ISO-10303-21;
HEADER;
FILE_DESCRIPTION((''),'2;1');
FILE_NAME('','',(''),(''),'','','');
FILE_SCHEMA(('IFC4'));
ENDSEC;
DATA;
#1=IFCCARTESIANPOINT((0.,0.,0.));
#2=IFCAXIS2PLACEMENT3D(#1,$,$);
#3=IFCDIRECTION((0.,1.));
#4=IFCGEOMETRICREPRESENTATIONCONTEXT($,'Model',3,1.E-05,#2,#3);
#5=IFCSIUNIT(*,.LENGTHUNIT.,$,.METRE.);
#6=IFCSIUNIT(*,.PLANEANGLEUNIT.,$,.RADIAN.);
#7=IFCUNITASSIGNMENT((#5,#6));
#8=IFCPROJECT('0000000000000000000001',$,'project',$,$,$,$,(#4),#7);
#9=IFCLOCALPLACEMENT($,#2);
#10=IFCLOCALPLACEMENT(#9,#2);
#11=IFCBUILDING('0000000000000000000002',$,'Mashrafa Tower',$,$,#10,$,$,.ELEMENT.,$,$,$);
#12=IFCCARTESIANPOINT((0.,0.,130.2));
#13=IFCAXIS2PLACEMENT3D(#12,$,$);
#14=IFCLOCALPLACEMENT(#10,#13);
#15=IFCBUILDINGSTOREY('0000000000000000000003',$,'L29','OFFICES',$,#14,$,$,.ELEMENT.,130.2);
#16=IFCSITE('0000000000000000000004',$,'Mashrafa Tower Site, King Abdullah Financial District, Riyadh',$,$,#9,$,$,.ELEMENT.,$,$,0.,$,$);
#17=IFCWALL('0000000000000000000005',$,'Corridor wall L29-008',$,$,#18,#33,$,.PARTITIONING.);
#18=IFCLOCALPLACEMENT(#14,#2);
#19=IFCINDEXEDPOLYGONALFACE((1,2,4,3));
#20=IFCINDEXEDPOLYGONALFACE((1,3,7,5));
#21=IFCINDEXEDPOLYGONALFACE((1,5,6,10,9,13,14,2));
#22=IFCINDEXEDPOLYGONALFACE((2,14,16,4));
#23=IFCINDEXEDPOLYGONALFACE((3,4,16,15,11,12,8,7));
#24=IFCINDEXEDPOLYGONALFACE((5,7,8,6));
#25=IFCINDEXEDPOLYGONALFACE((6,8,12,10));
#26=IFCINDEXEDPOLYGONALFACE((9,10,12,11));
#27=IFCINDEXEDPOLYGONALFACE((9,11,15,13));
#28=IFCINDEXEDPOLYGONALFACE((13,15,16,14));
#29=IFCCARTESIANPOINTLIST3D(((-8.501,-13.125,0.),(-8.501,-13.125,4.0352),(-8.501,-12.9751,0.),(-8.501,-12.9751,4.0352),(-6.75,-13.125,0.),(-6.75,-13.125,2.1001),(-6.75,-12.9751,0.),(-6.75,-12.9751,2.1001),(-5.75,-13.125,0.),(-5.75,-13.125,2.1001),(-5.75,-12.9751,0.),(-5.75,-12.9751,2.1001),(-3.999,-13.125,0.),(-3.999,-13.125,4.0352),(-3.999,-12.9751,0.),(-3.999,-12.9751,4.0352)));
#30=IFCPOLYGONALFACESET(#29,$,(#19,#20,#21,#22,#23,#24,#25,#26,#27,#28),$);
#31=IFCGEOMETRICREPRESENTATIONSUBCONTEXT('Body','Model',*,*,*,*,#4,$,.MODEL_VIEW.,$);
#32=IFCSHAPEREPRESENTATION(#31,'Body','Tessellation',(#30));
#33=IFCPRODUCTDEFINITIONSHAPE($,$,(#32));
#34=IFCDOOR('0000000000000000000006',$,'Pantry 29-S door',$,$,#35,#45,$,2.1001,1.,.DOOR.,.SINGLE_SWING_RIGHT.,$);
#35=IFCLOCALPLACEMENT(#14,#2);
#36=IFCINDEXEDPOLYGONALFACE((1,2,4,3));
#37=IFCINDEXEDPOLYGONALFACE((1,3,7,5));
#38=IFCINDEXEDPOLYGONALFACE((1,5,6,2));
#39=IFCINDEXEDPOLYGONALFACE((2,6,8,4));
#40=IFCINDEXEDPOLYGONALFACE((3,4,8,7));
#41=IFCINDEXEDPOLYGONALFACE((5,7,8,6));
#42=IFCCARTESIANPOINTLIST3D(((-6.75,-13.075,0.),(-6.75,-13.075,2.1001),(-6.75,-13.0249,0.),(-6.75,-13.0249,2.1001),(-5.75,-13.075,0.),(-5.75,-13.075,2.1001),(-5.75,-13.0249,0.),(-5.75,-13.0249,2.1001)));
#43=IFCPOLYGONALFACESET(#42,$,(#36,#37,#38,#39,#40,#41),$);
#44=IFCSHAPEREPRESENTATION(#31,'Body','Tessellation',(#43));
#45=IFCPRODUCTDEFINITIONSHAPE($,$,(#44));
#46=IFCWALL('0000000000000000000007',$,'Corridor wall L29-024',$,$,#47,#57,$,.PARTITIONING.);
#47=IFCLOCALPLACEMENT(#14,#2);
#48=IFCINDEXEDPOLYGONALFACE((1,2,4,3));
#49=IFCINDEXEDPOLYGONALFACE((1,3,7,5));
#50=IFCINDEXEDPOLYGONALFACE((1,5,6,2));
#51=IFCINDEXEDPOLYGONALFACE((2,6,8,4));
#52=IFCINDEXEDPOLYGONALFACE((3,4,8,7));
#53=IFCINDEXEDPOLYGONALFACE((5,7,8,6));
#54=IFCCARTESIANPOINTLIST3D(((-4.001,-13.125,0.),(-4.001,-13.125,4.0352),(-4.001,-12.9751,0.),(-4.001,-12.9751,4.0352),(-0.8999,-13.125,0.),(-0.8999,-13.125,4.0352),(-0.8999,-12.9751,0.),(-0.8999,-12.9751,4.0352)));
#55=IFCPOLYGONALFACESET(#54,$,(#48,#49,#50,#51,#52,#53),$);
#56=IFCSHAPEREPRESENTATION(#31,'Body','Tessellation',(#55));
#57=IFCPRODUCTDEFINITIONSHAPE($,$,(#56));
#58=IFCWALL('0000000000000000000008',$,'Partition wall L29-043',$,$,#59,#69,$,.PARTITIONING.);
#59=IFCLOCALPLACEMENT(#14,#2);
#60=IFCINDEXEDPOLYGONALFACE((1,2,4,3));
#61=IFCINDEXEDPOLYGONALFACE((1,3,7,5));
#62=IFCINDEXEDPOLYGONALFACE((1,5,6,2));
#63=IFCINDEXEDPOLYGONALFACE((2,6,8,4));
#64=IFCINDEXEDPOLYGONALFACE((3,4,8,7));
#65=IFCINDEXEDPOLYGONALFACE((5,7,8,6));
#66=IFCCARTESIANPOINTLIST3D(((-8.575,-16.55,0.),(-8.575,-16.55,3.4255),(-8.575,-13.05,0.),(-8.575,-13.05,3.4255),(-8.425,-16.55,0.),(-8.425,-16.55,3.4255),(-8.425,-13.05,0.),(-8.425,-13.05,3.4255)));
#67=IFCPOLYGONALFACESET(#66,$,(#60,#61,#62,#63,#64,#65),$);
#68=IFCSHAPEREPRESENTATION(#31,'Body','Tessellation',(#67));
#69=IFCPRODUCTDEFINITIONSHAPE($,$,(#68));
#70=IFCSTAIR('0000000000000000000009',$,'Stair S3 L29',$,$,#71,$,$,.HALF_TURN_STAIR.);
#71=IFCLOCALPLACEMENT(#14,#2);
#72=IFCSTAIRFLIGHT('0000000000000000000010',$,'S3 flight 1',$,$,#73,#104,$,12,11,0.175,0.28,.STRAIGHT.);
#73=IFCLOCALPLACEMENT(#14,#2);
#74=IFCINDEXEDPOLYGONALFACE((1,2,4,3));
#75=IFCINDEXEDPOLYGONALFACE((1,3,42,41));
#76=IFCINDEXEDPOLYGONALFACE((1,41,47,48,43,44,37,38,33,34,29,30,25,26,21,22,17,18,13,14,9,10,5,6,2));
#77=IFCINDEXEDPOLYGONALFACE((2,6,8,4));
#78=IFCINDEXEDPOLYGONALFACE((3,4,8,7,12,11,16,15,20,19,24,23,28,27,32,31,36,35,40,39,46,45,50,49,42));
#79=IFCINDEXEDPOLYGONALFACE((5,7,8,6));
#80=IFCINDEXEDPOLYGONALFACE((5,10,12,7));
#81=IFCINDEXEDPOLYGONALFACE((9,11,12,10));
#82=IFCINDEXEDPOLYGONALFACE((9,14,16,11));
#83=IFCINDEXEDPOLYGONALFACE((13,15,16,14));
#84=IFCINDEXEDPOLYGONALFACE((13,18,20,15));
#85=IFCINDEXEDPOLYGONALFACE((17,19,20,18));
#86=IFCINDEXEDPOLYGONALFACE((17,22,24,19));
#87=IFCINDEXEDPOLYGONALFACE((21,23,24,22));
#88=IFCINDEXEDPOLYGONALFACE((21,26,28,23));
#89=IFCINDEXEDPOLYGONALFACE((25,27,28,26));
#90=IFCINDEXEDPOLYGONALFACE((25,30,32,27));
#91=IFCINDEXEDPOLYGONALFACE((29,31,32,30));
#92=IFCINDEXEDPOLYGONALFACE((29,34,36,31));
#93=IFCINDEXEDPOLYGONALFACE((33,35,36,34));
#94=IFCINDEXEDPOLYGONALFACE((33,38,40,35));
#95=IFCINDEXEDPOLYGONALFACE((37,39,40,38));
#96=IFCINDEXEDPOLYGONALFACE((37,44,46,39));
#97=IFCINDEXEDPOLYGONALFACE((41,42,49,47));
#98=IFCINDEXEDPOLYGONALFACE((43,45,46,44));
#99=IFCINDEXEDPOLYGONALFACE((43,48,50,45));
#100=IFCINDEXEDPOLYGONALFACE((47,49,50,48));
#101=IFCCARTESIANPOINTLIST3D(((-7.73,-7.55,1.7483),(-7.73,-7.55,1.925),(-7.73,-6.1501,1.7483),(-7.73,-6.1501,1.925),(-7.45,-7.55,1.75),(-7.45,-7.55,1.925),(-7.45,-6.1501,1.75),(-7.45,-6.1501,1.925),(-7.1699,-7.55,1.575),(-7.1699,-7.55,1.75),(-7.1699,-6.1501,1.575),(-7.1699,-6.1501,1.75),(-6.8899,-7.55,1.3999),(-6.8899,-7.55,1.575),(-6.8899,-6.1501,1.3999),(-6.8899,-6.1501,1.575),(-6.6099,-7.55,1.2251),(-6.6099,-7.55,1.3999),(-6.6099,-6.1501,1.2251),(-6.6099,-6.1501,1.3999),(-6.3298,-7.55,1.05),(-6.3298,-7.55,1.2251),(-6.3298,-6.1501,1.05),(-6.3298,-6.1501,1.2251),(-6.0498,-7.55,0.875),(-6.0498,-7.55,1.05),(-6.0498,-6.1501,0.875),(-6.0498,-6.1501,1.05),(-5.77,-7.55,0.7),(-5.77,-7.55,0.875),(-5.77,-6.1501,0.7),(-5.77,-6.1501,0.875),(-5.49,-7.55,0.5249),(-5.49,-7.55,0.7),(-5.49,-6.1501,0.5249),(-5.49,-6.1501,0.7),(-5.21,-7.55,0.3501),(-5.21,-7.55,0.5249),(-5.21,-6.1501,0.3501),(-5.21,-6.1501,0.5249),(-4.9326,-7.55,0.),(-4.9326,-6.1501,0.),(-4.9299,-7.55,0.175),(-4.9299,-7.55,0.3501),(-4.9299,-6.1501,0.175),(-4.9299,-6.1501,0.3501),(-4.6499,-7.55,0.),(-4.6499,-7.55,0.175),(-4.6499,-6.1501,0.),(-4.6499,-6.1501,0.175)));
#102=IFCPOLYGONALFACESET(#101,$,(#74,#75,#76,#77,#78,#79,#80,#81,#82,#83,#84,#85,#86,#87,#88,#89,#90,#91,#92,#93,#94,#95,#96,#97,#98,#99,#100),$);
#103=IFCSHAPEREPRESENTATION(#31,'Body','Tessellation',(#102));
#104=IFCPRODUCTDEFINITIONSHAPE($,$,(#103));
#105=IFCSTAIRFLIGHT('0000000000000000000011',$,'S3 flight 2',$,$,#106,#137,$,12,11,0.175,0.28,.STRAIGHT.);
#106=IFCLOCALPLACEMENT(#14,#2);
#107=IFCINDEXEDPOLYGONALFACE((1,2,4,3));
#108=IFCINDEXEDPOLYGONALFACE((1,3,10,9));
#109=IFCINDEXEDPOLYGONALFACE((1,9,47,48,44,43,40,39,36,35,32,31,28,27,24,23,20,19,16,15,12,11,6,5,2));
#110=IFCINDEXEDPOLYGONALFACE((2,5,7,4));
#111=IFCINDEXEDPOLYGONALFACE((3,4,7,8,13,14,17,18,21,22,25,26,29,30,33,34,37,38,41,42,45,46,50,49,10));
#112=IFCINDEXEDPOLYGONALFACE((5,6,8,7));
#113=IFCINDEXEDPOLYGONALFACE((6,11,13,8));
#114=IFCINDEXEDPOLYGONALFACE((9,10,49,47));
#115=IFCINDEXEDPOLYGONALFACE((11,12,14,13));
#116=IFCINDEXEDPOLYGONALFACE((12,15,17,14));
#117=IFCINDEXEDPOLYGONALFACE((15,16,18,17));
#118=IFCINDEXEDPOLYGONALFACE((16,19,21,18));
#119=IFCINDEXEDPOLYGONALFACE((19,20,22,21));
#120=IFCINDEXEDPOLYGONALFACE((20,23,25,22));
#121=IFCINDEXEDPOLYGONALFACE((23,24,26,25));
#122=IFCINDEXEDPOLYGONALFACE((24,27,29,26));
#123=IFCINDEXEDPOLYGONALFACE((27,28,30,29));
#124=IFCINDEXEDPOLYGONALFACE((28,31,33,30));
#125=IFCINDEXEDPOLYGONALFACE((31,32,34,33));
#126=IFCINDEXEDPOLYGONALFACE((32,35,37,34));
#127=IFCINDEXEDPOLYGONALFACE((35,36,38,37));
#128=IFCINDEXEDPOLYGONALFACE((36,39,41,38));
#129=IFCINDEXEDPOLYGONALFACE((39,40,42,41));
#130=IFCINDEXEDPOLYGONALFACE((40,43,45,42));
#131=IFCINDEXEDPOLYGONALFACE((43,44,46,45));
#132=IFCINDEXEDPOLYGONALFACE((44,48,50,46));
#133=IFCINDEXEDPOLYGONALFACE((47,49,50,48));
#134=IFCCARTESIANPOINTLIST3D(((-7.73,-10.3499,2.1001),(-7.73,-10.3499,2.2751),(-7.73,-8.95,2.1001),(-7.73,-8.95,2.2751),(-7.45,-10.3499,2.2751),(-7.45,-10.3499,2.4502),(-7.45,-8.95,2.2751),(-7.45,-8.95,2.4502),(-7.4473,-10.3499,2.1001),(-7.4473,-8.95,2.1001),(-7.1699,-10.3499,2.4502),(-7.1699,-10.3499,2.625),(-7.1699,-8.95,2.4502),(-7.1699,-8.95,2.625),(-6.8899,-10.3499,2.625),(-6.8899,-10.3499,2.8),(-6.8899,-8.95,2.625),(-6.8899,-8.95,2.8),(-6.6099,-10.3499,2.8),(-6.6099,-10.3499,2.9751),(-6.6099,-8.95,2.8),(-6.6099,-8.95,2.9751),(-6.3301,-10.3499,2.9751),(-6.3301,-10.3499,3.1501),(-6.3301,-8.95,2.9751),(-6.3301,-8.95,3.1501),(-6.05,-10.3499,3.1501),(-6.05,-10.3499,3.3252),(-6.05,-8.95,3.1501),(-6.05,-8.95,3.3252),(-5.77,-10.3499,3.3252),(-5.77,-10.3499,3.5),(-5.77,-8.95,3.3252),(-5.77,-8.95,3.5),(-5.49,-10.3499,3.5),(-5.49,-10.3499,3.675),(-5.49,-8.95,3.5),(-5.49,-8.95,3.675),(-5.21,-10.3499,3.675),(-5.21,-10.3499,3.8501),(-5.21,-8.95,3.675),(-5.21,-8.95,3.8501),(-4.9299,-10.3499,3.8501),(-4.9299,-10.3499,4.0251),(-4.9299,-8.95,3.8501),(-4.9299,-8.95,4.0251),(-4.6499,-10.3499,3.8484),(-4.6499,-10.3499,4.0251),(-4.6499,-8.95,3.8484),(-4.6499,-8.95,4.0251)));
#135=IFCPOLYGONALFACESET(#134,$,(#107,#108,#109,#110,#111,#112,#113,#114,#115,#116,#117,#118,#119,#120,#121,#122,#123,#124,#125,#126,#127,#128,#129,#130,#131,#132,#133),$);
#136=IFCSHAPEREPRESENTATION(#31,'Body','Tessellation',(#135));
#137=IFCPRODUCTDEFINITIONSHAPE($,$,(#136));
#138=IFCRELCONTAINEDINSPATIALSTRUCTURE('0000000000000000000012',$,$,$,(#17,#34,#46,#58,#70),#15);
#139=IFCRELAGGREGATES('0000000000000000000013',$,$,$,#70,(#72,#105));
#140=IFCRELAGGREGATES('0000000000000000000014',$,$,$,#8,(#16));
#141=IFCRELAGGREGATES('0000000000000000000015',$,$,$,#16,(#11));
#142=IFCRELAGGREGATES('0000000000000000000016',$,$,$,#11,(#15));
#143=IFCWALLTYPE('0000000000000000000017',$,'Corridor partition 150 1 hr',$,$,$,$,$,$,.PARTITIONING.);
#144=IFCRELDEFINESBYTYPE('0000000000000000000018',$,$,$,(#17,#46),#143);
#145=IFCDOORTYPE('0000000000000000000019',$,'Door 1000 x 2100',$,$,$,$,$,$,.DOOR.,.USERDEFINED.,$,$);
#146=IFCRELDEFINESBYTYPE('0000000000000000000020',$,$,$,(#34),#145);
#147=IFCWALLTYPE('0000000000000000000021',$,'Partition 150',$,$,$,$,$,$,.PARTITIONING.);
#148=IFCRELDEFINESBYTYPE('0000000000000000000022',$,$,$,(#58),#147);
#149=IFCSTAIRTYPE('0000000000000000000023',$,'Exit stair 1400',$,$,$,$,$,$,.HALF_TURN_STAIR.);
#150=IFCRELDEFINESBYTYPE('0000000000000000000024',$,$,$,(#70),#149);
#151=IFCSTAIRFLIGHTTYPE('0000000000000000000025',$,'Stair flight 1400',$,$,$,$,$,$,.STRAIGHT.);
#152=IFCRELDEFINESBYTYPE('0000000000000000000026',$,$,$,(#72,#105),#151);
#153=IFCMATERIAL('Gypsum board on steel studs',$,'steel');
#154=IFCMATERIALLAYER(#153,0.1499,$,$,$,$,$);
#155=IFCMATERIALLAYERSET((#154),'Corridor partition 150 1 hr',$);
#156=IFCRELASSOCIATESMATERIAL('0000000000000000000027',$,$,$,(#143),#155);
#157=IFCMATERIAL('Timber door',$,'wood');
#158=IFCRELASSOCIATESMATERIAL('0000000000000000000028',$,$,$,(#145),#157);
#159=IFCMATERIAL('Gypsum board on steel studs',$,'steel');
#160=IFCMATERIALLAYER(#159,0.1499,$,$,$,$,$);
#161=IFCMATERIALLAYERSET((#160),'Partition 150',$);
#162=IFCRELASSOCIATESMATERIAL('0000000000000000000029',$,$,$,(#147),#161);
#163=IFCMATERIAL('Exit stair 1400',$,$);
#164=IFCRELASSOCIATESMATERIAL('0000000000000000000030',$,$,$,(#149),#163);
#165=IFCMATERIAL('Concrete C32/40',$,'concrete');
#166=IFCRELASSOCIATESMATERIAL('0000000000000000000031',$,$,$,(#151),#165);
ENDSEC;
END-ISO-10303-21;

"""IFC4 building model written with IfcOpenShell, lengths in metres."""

from ifc_helpers import new_model, si_unit, direction, frame, frame_2d, origin, place, context, subcontext, project, spatial, polyline, rectangle, outline, extrude, material, layer, layer_set, type_object, element, fill, aggregate, save


model = new_model("IFC4")

# Units and contexts
model_context = context("Model", 3, precision=1e-05, world=origin(), true_north=direction((0.0, 1.0)))
body_context = subcontext(model_context, "Body", "Model", "MODEL_VIEW")
ifc_project = project(units=[si_unit("LENGTHUNIT", "METRE"), si_unit("PLANEANGLEUNIT", "RADIAN")], contexts=[model_context])

# Site, building, storey
site_placement = place(None, origin())
site = spatial("IfcSite", under=ifc_project, at=site_placement, Name="Mashrafa Tower Site, King Abdullah Financial District, Riyadh", CompositionType="ELEMENT", RefElevation=0.0)
building_placement = place(site_placement, origin())
building = spatial("IfcBuilding", under=site, at=building_placement, Name="Mashrafa Tower", CompositionType="ELEMENT")
storey_placement = place(building_placement, frame((0.0, 0.0, 130.2)))
storey = spatial("IfcBuildingStorey", under=building, at=storey_placement, Name="L29", Description="OFFICES", CompositionType="ELEMENT", Elevation=130.2)

# Wall, opening, door
ifc_material_1 = material(Name="Gypsum board on steel studs", Category="steel")
ifc_layer_1 = layer(ifc_material_1, 0.1499)
ifc_layer_set_1 = layer_set([ifc_layer_1], Name="Corridor partition 150 1 hr")
wall_type_1 = type_object("IfcWallType", Name="Corridor partition 150 1 hr", PredefinedType="PARTITIONING", material=ifc_layer_set_1)
wall_1_placement = place(storey_placement, frame((-8.501, -13.05, 0.0), z_axis=(0.0, 0.0, 1.0), x_axis=(1.0, 0.0, 0.0)))
wall_1 = element("IfcWall", 1, at=wall_1_placement, inside=storey, type_object=wall_type_1, Name="Corridor wall L29-008", PredefinedType="PARTITIONING", context=body_context, shape_type="SweptSolid", body=[
    extrude(rectangle(XDim=4.502, YDim=0.1499, at=frame_2d((2.251, 0.0))), origin(), (0.0, 0.0, 1.0), 4.0352),
])
opening_1_placement = place(wall_1_placement, frame((1.751, 0.0, 0.0)))
opening_1 = element("IfcOpeningElement", 2, at=opening_1_placement, cuts=wall_1, PredefinedType="OPENING", context=body_context, shape_type="SweptSolid", body=[
    extrude(rectangle(XDim=1.0, YDim=2.1001, at=frame_2d((0.5, 1.05))), frame((0.0, 0.085, 0.0), z_axis=(0.0, -1.0, 0.0), x_axis=(1.0, 0.0, 0.0)), (0.0, 0.0, 1.0), 0.1699),
])
ifc_material_2 = material(Name="Timber door", Category="wood")
door_type_1 = type_object("IfcDoorType", Name="Door 1000 x 2100", OperationType="USERDEFINED", PredefinedType="DOOR", material=ifc_material_2)
door_1_placement = place(opening_1_placement, frame((1.0, 0.0, 0.0), z_axis=(0.0, 0.0, 1.0), x_axis=(-1.0, 0.0, 0.0)))
door_1 = element("IfcDoor", 3, at=door_1_placement, inside=storey, type_object=door_type_1, Name="Pantry 29-S door", OperationType="SINGLE_SWING_RIGHT", OverallHeight=2.1001, OverallWidth=1.0, PredefinedType="DOOR", context=body_context, shape_type="SweptSolid", body=[
    extrude(rectangle(XDim=1.0, YDim=2.1001, at=frame_2d((0.5, 1.05))), frame((0.0, 0.0249, 0.0), z_axis=(0.0, -1.0, 0.0), x_axis=(1.0, 0.0, 0.0)), (0.0, 0.0, 1.0), 0.05),
])
fill(opening_1, door_1)

# Wall
wall_2_placement = place(storey_placement, frame((-4.001, -13.05, 0.0), z_axis=(0.0, 0.0, 1.0), x_axis=(1.0, 0.0, 0.0)))
element("IfcWall", 4, at=wall_2_placement, inside=storey, type_object=wall_type_1, Name="Corridor wall L29-024", PredefinedType="PARTITIONING", context=body_context, shape_type="SweptSolid", body=[
    extrude(rectangle(XDim=3.1011, YDim=0.1499, at=frame_2d((1.5505, 0.0))), origin(), (0.0, 0.0, 1.0), 4.0352),
])

# Wall
ifc_material_3 = material(Name="Gypsum board on steel studs", Category="steel")
ifc_layer_2 = layer(ifc_material_3, 0.1499)
ifc_layer_set_2 = layer_set([ifc_layer_2], Name="Partition 150")
wall_type_2 = type_object("IfcWallType", Name="Partition 150", PredefinedType="PARTITIONING", material=ifc_layer_set_2)
wall_3_placement = place(storey_placement, frame((-8.5, -13.05, 0.0), z_axis=(0.0, 0.0, 1.0), x_axis=(0.0, -1.0, 0.0)))
element("IfcWall", 5, at=wall_3_placement, inside=storey, type_object=wall_type_2, Name="Partition wall L29-043", PredefinedType="PARTITIONING", context=body_context, shape_type="SweptSolid", body=[
    extrude(rectangle(XDim=3.5, YDim=0.1499, at=frame_2d((1.75, 0.0))), origin(), (0.0, 0.0, 1.0), 3.4255),
])

# Stair, stair flights
ifc_material_4 = material(Name="Exit stair 1400")
stair_type = type_object("IfcStairType", Name="Exit stair 1400", PredefinedType="HALF_TURN_STAIR", material=ifc_material_4)
stair_placement = place(storey_placement, origin())
stair = element("IfcStair", 6, at=stair_placement, inside=storey, type_object=stair_type, Name="Stair S3 L29", PredefinedType="HALF_TURN_STAIR")
ifc_material_5 = material(Name="Concrete C32/40", Category="concrete")
stair_flight_type = type_object("IfcStairFlightType", Name="Stair flight 1400", PredefinedType="STRAIGHT", material=ifc_material_5)
stair_flight_1_placement = place(storey_placement, frame((-4.6499, -6.8501, 0.0), z_axis=(0.0, 0.0, 1.0), x_axis=(-1.0, 0.0, 0.0)))
stair_flight_1 = element("IfcStairFlight", 7, at=stair_flight_1_placement, type_object=stair_flight_type, Name="S3 flight 1", NumberOfRisers=12, NumberOfTreads=11, PredefinedType="STRAIGHT", RiserHeight=0.175, TreadLength=0.28, context=body_context, shape_type="SweptSolid", body=[
    extrude(outline(polyline([(0.0, 0.0), (0.0, 0.175), (0.28, 0.175), (0.28, 0.3501), (0.5601, 0.3501), (0.5601, 0.5249), (0.8401, 0.5249), (0.8401, 0.7), (1.1201, 0.7), (1.1201, 0.875), (1.3999, 0.875), (1.3999, 1.05), (1.6799, 1.05), (1.6799, 1.2251), (1.96, 1.2251), (1.96, 1.3999), (2.24, 1.3999), (2.24, 1.575), (2.52, 1.575), (2.52, 1.75), (2.8, 1.75), (2.8, 1.925), (3.0801, 1.925), (3.0801, 2.1001), (3.0801, 1.7483), (0.2827, 0.0), (0.0, 0.0)])), frame((0.0, 0.7, 0.0), z_axis=(0.0, -1.0, 0.0), x_axis=(1.0, 0.0, 0.0)), (0.0, 0.0, 1.0), 1.3999),
])
stair_flight_2_placement = place(storey_placement, frame((-7.73, -9.6499, 2.1001), z_axis=(0.0, 0.0, 1.0), x_axis=(1.0, 0.0, 0.0)))
stair_flight_2 = element("IfcStairFlight", 8, at=stair_flight_2_placement, type_object=stair_flight_type, Name="S3 flight 2", NumberOfRisers=12, NumberOfTreads=11, PredefinedType="STRAIGHT", RiserHeight=0.175, TreadLength=0.28, context=body_context, shape_type="SweptSolid", body=[
    extrude(outline(polyline([(0.0, 0.0), (0.0, 0.175), (0.28, 0.175), (0.28, 0.3501), (0.5601, 0.3501), (0.5601, 0.5249), (0.8401, 0.5249), (0.8401, 0.7), (1.1201, 0.7), (1.1201, 0.875), (1.3999, 0.875), (1.3999, 1.05), (1.6799, 1.05), (1.6799, 1.2251), (1.96, 1.2251), (1.96, 1.3999), (2.24, 1.3999), (2.24, 1.575), (2.52, 1.575), (2.52, 1.75), (2.8, 1.75), (2.8, 1.925), (3.0801, 1.925), (3.0801, 2.1001), (3.0801, 1.7483), (0.2827, 0.0), (0.0, 0.0)])), frame((0.0, 0.7, 0.0), z_axis=(0.0, -1.0, 0.0), x_axis=(1.0, 0.0, 0.0)), (0.0, 0.0, 1.0), 1.3999),
])
aggregate(stair, [stair_flight_1, stair_flight_2])

save(model, "model.ifc")
